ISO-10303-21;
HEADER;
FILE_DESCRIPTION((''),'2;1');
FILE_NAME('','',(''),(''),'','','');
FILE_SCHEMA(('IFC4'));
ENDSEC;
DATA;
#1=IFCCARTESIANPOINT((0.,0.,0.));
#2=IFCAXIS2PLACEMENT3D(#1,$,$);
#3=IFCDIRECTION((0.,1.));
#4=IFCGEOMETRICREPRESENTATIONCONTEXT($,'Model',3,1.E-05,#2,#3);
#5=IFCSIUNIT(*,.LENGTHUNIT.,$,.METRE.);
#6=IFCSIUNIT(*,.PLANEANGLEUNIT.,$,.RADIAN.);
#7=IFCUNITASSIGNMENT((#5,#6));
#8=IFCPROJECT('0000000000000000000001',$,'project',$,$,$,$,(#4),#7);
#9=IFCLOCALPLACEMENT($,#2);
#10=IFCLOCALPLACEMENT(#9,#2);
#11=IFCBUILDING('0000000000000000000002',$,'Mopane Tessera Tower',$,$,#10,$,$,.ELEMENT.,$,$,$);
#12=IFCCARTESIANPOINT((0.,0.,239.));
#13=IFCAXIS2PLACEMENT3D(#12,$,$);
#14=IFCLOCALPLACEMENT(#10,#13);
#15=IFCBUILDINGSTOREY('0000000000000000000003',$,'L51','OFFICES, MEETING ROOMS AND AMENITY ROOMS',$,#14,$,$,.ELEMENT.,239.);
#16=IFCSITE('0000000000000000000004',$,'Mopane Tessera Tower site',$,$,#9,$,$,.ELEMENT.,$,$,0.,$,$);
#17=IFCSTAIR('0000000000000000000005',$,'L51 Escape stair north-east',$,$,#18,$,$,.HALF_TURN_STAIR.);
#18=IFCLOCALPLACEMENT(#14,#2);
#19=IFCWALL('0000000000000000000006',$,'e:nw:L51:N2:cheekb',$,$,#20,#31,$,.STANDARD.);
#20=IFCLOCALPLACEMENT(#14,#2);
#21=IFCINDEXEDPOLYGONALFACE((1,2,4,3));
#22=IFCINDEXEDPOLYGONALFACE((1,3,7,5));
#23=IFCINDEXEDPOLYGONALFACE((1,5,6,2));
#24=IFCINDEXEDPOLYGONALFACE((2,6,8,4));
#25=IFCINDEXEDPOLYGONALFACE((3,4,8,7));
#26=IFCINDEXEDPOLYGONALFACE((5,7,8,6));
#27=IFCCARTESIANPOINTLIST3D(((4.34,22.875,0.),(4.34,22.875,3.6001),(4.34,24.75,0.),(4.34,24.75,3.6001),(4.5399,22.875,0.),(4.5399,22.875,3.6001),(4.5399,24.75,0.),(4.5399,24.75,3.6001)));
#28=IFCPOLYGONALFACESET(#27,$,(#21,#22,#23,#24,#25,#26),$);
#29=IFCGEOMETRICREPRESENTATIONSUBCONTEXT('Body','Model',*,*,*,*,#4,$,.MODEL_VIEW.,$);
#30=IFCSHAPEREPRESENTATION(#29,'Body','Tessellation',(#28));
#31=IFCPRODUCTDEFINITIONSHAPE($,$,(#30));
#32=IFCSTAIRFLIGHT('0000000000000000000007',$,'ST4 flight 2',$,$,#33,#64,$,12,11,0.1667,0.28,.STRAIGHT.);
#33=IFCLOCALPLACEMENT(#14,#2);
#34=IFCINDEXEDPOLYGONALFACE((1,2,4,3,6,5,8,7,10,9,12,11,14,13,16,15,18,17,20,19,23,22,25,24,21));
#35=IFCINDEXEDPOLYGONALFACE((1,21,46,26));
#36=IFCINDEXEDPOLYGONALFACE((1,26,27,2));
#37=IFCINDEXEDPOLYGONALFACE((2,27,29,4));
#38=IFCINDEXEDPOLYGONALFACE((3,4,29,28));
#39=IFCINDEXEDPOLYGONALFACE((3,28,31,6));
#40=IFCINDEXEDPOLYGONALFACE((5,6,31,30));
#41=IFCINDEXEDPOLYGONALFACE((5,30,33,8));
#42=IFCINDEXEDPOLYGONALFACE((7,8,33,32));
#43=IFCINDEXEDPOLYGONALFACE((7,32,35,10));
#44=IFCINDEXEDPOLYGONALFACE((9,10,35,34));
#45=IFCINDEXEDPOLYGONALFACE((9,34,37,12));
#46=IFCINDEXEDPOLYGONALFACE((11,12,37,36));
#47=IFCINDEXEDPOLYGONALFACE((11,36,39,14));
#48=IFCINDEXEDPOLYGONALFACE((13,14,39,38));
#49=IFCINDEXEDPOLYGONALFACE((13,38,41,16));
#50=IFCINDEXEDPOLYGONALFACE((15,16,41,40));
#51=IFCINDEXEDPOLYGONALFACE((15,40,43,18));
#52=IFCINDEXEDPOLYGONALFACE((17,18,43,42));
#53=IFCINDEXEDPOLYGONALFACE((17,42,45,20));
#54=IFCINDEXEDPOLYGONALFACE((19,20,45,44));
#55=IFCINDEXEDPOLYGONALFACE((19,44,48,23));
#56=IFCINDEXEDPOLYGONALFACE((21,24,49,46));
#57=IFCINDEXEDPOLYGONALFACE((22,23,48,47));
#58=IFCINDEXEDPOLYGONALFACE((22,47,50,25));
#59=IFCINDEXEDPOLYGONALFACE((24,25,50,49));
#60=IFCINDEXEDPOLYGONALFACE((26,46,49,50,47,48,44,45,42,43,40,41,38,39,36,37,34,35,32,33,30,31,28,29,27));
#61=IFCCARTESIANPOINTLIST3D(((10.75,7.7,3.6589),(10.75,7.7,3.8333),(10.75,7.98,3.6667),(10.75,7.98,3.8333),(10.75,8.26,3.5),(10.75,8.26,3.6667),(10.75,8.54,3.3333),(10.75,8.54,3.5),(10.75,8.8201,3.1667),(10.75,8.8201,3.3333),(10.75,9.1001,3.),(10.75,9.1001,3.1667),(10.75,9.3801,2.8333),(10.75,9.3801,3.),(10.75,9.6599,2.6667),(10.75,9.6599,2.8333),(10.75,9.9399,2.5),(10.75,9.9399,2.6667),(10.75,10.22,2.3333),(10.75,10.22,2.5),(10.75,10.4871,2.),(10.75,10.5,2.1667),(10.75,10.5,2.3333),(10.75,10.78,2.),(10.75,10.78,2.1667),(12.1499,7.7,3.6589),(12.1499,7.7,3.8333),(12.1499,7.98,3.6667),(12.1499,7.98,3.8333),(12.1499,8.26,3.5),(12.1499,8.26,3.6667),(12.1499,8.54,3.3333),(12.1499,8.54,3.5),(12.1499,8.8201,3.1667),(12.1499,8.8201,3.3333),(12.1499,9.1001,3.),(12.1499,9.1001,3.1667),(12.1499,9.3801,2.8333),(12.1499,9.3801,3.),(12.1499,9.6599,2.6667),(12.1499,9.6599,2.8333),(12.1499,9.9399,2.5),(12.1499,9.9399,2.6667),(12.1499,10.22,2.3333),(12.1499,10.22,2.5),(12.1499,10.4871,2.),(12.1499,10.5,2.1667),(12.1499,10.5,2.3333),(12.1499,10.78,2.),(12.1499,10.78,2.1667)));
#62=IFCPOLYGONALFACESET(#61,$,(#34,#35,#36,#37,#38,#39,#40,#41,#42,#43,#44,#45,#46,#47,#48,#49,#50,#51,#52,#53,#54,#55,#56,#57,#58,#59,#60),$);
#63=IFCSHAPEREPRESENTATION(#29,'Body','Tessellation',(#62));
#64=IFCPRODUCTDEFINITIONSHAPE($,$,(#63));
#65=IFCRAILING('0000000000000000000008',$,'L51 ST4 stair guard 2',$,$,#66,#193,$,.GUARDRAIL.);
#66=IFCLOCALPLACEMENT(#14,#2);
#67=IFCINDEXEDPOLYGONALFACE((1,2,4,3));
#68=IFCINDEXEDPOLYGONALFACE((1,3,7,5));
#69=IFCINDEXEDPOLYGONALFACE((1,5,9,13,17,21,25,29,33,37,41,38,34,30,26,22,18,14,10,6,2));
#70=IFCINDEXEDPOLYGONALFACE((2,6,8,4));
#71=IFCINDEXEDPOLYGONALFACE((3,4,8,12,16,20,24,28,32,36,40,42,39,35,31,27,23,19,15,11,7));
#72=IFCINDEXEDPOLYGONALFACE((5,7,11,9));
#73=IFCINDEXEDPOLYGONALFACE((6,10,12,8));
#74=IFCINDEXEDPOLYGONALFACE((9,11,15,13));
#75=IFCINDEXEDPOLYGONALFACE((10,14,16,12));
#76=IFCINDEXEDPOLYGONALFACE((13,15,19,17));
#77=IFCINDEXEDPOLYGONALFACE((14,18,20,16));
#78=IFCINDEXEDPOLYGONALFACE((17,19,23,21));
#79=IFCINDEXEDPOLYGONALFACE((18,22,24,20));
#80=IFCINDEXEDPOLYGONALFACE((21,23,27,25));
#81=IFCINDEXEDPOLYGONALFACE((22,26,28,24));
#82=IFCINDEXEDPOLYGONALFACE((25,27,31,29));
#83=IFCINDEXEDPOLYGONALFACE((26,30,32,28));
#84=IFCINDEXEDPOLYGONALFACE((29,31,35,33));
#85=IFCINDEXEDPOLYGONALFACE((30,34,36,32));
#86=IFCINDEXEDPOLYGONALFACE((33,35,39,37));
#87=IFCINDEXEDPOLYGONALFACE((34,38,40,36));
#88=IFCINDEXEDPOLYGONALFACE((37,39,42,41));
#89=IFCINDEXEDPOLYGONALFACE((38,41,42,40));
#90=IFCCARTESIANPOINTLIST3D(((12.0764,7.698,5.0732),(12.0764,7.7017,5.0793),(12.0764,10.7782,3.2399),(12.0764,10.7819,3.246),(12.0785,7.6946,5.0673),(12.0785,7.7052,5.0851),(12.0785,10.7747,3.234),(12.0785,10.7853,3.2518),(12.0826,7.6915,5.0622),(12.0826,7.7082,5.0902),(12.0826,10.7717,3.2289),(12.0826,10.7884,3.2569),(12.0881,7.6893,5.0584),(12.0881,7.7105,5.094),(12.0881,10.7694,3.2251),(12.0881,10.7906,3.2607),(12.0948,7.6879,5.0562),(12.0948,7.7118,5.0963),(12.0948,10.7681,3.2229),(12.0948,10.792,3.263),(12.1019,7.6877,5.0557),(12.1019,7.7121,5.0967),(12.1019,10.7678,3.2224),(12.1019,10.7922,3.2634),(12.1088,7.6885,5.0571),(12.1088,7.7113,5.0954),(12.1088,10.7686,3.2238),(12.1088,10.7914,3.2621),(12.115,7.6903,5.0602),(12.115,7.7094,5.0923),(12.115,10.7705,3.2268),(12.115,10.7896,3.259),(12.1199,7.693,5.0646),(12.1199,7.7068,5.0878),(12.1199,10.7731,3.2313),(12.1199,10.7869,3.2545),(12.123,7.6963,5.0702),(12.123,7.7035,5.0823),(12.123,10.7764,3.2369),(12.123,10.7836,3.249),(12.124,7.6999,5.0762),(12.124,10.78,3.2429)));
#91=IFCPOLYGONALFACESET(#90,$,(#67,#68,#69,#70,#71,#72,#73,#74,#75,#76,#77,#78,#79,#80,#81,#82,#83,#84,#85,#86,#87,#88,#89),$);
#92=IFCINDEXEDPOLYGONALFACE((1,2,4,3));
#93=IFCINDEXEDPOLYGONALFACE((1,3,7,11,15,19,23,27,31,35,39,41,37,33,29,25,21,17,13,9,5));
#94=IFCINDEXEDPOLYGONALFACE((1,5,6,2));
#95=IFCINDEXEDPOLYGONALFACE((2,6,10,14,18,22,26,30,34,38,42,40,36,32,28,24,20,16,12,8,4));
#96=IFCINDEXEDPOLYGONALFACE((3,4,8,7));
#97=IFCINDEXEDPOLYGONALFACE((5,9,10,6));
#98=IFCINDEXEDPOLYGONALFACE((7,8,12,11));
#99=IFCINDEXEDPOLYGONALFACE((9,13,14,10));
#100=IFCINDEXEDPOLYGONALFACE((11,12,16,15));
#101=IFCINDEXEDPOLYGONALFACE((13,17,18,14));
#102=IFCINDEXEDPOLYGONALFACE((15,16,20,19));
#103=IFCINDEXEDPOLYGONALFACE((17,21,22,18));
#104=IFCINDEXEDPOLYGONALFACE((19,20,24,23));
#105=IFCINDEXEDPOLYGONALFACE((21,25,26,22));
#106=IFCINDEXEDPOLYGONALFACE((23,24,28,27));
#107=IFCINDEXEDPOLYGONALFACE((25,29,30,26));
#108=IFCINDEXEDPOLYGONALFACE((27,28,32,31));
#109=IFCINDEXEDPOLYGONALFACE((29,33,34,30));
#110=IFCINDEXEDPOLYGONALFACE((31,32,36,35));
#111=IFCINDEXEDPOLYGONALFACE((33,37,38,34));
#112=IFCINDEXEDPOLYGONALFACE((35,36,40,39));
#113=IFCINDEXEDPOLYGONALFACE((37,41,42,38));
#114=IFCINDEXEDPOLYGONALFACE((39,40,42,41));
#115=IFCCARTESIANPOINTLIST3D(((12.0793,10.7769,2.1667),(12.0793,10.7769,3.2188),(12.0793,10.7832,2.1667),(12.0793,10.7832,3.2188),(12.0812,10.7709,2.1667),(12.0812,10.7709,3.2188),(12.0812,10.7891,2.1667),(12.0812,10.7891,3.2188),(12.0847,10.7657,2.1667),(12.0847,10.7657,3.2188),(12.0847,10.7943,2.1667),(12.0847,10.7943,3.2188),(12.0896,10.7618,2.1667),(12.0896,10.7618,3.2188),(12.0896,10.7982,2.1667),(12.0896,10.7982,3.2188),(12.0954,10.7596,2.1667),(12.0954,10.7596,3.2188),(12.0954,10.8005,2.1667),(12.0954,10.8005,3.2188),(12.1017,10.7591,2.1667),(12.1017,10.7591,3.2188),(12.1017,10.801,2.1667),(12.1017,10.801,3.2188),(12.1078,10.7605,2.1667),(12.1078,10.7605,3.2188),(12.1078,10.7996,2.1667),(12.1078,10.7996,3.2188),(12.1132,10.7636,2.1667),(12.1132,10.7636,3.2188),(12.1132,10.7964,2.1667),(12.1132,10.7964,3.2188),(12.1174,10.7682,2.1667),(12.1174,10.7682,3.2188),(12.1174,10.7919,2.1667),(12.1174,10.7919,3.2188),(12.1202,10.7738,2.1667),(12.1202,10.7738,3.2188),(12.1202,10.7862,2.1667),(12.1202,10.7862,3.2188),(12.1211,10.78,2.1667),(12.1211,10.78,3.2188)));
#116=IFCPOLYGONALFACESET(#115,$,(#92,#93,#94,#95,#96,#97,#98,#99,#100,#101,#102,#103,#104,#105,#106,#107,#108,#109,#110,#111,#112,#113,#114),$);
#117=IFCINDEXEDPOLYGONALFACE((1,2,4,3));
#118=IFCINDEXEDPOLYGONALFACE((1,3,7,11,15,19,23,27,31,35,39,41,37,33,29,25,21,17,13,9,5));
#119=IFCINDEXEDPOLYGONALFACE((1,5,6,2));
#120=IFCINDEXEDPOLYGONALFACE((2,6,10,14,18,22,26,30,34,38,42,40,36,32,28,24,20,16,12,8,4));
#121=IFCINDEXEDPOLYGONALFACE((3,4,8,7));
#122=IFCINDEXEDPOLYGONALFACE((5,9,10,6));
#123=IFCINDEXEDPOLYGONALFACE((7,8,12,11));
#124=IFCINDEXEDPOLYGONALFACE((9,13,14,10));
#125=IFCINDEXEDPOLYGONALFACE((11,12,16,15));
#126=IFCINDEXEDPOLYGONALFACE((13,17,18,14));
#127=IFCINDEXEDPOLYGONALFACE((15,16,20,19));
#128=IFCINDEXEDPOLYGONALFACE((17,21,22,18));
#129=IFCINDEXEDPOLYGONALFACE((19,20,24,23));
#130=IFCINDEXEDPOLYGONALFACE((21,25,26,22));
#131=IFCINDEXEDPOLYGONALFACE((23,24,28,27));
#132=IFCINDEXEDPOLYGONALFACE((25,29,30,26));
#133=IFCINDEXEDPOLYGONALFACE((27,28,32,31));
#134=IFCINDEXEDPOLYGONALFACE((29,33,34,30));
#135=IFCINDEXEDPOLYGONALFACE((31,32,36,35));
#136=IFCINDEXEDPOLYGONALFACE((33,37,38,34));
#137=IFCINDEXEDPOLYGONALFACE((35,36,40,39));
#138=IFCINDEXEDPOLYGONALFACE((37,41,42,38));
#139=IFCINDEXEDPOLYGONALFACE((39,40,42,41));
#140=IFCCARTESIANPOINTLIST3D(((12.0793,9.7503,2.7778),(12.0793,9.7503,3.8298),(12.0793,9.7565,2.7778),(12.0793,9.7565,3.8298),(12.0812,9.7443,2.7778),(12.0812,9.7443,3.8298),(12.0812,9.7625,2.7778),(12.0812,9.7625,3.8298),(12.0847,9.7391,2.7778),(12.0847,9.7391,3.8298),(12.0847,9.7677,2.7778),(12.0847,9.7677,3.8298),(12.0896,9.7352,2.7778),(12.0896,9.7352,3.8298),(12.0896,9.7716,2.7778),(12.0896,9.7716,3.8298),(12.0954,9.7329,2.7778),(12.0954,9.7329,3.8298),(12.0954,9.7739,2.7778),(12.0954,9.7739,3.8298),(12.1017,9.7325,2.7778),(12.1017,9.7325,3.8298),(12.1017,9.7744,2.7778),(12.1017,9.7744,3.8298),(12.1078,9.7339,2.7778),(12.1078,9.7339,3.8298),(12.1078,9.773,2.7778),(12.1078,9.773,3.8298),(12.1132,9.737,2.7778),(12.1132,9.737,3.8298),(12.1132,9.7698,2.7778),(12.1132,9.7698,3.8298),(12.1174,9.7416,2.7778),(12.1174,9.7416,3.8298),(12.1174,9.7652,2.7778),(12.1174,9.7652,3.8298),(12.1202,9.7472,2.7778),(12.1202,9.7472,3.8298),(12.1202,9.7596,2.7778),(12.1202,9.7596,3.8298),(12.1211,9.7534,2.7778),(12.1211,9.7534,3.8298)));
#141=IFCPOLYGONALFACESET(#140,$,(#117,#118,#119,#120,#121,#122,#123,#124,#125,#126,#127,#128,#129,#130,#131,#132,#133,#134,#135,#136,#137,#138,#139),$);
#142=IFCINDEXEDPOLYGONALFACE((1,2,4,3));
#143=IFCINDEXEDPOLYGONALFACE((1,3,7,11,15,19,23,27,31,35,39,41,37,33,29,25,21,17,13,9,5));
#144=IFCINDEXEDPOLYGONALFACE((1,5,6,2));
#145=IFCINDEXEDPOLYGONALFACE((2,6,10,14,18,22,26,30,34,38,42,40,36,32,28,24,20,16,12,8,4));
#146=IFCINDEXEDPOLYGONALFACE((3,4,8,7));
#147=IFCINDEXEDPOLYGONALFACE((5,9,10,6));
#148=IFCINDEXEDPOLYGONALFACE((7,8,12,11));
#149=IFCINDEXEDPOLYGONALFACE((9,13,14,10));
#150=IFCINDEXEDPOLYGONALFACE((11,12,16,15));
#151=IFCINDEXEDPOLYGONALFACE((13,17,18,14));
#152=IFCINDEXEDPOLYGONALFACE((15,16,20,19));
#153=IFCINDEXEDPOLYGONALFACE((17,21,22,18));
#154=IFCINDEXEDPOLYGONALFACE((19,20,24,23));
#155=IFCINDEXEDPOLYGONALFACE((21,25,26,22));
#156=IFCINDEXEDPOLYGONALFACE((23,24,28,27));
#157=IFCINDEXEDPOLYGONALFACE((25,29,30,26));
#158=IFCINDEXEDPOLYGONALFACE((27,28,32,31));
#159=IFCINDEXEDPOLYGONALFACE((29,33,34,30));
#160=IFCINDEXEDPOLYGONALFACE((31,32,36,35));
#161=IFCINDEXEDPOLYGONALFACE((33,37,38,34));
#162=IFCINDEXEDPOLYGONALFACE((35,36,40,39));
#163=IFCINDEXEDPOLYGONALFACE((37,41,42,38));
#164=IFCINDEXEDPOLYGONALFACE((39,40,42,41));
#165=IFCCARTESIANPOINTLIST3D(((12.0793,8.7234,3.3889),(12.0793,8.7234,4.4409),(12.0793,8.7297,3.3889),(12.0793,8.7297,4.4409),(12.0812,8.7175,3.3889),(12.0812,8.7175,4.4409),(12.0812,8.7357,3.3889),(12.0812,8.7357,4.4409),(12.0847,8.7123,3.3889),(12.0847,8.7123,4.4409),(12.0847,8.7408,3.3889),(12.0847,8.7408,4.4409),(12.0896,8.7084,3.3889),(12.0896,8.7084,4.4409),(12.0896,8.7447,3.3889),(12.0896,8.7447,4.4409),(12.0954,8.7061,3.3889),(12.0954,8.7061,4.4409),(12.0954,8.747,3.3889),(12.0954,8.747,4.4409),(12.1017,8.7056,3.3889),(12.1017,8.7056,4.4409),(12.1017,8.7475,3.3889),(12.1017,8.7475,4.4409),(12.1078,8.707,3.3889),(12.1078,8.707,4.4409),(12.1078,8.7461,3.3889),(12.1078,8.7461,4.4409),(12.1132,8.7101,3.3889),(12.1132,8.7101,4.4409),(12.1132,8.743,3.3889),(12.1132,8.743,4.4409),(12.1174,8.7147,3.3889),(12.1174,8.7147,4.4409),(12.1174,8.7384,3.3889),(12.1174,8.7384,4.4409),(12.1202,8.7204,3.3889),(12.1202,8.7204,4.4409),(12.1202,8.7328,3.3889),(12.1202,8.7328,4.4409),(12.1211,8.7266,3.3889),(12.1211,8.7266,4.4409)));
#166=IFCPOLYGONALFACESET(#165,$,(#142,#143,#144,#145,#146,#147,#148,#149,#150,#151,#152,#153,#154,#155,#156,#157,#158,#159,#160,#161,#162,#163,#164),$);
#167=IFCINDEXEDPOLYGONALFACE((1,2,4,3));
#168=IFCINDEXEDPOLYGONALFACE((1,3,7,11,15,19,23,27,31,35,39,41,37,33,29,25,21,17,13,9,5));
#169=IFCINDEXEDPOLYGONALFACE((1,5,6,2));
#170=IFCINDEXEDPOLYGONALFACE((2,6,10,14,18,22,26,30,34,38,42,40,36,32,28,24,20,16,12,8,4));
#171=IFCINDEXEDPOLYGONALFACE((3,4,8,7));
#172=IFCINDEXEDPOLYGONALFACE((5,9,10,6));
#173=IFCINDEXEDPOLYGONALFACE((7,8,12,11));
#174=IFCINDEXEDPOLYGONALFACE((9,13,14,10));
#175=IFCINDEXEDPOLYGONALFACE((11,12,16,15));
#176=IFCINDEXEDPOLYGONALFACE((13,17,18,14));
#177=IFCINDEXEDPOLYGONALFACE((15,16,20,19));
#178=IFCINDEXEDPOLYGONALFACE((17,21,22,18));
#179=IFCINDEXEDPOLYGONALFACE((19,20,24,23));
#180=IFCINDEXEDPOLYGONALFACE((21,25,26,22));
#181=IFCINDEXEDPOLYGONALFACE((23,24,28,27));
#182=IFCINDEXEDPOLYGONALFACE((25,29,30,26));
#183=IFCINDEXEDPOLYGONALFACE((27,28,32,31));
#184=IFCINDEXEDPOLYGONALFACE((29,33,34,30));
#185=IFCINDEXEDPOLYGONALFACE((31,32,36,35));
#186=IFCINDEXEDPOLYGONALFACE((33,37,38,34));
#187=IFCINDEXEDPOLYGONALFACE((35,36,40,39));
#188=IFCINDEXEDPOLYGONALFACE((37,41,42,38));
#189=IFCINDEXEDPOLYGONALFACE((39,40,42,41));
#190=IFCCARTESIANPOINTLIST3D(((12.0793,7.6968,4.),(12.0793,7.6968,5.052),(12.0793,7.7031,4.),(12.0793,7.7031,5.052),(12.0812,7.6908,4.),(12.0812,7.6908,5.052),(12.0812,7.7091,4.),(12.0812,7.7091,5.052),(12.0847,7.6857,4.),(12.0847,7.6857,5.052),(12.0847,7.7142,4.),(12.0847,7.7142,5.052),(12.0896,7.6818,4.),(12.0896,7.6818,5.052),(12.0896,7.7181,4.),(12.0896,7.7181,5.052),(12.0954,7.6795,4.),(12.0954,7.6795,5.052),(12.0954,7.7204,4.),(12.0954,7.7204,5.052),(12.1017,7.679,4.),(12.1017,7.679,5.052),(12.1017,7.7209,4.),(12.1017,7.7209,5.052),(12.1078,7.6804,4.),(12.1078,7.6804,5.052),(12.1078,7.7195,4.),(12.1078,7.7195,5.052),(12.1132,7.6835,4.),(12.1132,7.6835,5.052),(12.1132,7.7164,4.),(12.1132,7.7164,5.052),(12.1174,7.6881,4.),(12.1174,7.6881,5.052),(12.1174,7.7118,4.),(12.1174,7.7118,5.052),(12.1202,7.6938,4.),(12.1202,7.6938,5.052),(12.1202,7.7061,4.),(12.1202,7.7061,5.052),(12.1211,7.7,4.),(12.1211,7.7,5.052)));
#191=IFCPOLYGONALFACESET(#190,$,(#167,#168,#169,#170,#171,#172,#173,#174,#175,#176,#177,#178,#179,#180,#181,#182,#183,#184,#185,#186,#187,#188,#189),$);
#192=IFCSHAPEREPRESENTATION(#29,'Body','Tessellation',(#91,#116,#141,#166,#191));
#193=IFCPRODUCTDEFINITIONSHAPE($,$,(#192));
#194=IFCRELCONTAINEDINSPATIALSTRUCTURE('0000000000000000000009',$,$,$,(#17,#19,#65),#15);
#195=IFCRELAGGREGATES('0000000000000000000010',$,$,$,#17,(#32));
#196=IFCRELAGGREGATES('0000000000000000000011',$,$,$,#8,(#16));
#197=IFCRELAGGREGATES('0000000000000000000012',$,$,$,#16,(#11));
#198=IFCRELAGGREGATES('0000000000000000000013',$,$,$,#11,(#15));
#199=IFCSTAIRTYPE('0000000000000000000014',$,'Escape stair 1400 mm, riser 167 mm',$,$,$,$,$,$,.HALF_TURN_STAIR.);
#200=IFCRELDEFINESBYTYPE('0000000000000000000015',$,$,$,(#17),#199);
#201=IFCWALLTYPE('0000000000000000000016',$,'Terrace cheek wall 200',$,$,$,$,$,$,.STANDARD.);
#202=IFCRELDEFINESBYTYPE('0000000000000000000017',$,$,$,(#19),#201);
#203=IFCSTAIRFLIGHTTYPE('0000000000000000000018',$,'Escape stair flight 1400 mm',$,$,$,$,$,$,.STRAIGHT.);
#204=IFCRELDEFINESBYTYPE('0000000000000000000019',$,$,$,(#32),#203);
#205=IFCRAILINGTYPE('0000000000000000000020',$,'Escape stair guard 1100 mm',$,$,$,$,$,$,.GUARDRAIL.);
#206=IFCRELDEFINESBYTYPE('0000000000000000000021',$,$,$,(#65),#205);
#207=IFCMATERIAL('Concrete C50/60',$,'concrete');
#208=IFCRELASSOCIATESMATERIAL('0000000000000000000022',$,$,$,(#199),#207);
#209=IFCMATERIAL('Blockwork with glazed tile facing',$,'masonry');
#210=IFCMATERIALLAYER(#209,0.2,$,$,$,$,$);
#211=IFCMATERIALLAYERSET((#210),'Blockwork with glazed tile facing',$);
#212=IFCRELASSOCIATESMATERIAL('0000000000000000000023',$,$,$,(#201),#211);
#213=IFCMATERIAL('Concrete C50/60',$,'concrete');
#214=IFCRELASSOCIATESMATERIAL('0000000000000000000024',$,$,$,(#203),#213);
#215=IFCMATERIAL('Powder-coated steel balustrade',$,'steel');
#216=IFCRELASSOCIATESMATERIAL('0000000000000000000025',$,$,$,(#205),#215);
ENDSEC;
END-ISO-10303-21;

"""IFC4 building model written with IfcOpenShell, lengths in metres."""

from ifc_helpers import new_model, si_unit, direction, frame, frame_2d, origin, origin_2d, place, context, subcontext, project, spatial, polyline, rectangle, circle, outline, extrude, material, layer, layer_set, type_object, element, aggregate, save


model = new_model("IFC4")

# Units and contexts
model_context = context("Model", 3, precision=1e-05, world=origin(), true_north=direction((0.0, 1.0)))
body_context = subcontext(model_context, "Body", "Model", "MODEL_VIEW")
ifc_project = project(units=[si_unit("LENGTHUNIT", "METRE"), si_unit("PLANEANGLEUNIT", "RADIAN")], contexts=[model_context])

# Site, building, storey
site_placement = place(None, origin())
site = spatial("IfcSite", under=ifc_project, at=site_placement, Name="Mopane Tessera Tower site", CompositionType="ELEMENT", RefElevation=0.0)
building_placement = place(site_placement, origin())
building = spatial("IfcBuilding", under=site, at=building_placement, Name="Mopane Tessera Tower", CompositionType="ELEMENT")
storey_placement = place(building_placement, frame((0.0, 0.0, 239.0)))
storey = spatial("IfcBuildingStorey", under=building, at=storey_placement, Name="L51", Description="OFFICES, MEETING ROOMS AND AMENITY ROOMS", CompositionType="ELEMENT", Elevation=239.0)

# Stair
ifc_material_1 = material(Name="Concrete C50/60", Category="concrete")
stair_type = type_object("IfcStairType", Name="Escape stair 1400 mm, riser 167 mm", PredefinedType="HALF_TURN_STAIR", material=ifc_material_1)
stair_1_placement = place(storey_placement, origin())
stair_1 = element("IfcStair", 1, at=stair_1_placement, inside=storey, type_object=stair_type, Name="L51 Escape stair north-east", PredefinedType="HALF_TURN_STAIR")

# Wall
ifc_material_2 = material(Name="Blockwork with glazed tile facing", Category="masonry")
ifc_layer_1 = layer(ifc_material_2, 0.2)
ifc_layer_set_1 = layer_set([ifc_layer_1], Name="Blockwork with glazed tile facing")
wall_type_1 = type_object("IfcWallType", Name="Terrace cheek wall 200", PredefinedType="STANDARD", material=ifc_layer_set_1)
wall_1_placement = place(storey_placement, frame((4.4399, 24.75, 0.0), z_axis=(0.0, 0.0, 1.0), x_axis=(0.0, -1.0, 0.0)))
element("IfcWall", 2, at=wall_1_placement, inside=storey, type_object=wall_type_1, Name="e:nw:L51:N2:cheekb", PredefinedType="STANDARD", context=body_context, shape_type="SweptSolid", body=[
    extrude(rectangle(XDim=1.875, YDim=0.2, at=frame_2d((0.9375, 0.0))), origin(), (0.0, 0.0, 1.0), 3.6001),
])

# Stair flight
ifc_material_3 = material(Name="Concrete C50/60", Category="concrete")
stair_flight_type = type_object("IfcStairFlightType", Name="Escape stair flight 1400 mm", PredefinedType="STRAIGHT", material=ifc_material_3)
stair_flight_placement = place(storey_placement, frame((11.45, 10.78, 2.0), z_axis=(0.0, 0.0, 1.0), x_axis=(0.0, -1.0, 0.0)))
stair_flight = element("IfcStairFlight", 3, at=stair_flight_placement, type_object=stair_flight_type, Name="ST4 flight 2", NumberOfRisers=12, NumberOfTreads=11, PredefinedType="STRAIGHT", RiserHeight=0.1667, TreadLength=0.28, context=body_context, shape_type="SweptSolid", body=[
    extrude(outline(polyline([(0.0, 0.0), (0.0, 0.1667), (0.28, 0.1667), (0.28, 0.3333), (0.5601, 0.3333), (0.5601, 0.5), (0.8401, 0.5), (0.8401, 0.6667), (1.1201, 0.6667), (1.1201, 0.8333), (1.3999, 0.8333), (1.3999, 1.0), (1.6799, 1.0), (1.6799, 1.1667), (1.96, 1.1667), (1.96, 1.3333), (2.24, 1.3333), (2.24, 1.5), (2.52, 1.5), (2.52, 1.6667), (2.8, 1.6667), (2.8, 1.8333), (3.0801, 1.8333), (3.0801, 2.0), (3.0801, 1.6589), (0.293, 0.0), (0.0, 0.0)])), frame((0.0, 0.7, 0.0), z_axis=(0.0, -1.0, 0.0), x_axis=(1.0, 0.0, 0.0)), (0.0, 0.0, 1.0), 1.3999),
])
aggregate(stair_1, [stair_flight])

# Railing
ifc_material_4 = material(Name="Powder-coated steel balustrade", Category="steel")
railing_type_1 = type_object("IfcRailingType", Name="Escape stair guard 1100 mm", PredefinedType="GUARDRAIL", material=ifc_material_4)
railing_1_placement = place(storey_placement, frame((12.1001, 10.78, 2.1667)))
element("IfcRailing", 4, at=railing_1_placement, inside=storey, type_object=railing_type_1, Name="L51 ST4 stair guard 2", PredefinedType="GUARDRAIL", context=body_context, shape_type="SweptSolid", body=[
    extrude(circle(Radius=0.0239, at=origin_2d()), frame((0.0, 0.0, 1.0762), z_axis=(0.0, -0.859309, 0.511458), x_axis=(1.0, 0.0, 0.0)), (0.0, 0.0, 1.0), 3.5845),
    extrude(circle(Radius=0.021, at=origin_2d()), origin(), (0.0, 0.0, 1.0), 1.052),
    extrude(circle(Radius=0.021, at=origin_2d()), frame((0.0, -1.0266, 0.6111)), (0.0, 0.0, 1.0), 1.052),
    extrude(circle(Radius=0.021, at=origin_2d()), frame((0.0, -2.0535, 1.2222)), (0.0, 0.0, 1.0), 1.052),
    extrude(circle(Radius=0.021, at=origin_2d()), frame((0.0, -3.0801, 1.8333)), (0.0, 0.0, 1.0), 1.052),
])

save(model, "model.ifc")
